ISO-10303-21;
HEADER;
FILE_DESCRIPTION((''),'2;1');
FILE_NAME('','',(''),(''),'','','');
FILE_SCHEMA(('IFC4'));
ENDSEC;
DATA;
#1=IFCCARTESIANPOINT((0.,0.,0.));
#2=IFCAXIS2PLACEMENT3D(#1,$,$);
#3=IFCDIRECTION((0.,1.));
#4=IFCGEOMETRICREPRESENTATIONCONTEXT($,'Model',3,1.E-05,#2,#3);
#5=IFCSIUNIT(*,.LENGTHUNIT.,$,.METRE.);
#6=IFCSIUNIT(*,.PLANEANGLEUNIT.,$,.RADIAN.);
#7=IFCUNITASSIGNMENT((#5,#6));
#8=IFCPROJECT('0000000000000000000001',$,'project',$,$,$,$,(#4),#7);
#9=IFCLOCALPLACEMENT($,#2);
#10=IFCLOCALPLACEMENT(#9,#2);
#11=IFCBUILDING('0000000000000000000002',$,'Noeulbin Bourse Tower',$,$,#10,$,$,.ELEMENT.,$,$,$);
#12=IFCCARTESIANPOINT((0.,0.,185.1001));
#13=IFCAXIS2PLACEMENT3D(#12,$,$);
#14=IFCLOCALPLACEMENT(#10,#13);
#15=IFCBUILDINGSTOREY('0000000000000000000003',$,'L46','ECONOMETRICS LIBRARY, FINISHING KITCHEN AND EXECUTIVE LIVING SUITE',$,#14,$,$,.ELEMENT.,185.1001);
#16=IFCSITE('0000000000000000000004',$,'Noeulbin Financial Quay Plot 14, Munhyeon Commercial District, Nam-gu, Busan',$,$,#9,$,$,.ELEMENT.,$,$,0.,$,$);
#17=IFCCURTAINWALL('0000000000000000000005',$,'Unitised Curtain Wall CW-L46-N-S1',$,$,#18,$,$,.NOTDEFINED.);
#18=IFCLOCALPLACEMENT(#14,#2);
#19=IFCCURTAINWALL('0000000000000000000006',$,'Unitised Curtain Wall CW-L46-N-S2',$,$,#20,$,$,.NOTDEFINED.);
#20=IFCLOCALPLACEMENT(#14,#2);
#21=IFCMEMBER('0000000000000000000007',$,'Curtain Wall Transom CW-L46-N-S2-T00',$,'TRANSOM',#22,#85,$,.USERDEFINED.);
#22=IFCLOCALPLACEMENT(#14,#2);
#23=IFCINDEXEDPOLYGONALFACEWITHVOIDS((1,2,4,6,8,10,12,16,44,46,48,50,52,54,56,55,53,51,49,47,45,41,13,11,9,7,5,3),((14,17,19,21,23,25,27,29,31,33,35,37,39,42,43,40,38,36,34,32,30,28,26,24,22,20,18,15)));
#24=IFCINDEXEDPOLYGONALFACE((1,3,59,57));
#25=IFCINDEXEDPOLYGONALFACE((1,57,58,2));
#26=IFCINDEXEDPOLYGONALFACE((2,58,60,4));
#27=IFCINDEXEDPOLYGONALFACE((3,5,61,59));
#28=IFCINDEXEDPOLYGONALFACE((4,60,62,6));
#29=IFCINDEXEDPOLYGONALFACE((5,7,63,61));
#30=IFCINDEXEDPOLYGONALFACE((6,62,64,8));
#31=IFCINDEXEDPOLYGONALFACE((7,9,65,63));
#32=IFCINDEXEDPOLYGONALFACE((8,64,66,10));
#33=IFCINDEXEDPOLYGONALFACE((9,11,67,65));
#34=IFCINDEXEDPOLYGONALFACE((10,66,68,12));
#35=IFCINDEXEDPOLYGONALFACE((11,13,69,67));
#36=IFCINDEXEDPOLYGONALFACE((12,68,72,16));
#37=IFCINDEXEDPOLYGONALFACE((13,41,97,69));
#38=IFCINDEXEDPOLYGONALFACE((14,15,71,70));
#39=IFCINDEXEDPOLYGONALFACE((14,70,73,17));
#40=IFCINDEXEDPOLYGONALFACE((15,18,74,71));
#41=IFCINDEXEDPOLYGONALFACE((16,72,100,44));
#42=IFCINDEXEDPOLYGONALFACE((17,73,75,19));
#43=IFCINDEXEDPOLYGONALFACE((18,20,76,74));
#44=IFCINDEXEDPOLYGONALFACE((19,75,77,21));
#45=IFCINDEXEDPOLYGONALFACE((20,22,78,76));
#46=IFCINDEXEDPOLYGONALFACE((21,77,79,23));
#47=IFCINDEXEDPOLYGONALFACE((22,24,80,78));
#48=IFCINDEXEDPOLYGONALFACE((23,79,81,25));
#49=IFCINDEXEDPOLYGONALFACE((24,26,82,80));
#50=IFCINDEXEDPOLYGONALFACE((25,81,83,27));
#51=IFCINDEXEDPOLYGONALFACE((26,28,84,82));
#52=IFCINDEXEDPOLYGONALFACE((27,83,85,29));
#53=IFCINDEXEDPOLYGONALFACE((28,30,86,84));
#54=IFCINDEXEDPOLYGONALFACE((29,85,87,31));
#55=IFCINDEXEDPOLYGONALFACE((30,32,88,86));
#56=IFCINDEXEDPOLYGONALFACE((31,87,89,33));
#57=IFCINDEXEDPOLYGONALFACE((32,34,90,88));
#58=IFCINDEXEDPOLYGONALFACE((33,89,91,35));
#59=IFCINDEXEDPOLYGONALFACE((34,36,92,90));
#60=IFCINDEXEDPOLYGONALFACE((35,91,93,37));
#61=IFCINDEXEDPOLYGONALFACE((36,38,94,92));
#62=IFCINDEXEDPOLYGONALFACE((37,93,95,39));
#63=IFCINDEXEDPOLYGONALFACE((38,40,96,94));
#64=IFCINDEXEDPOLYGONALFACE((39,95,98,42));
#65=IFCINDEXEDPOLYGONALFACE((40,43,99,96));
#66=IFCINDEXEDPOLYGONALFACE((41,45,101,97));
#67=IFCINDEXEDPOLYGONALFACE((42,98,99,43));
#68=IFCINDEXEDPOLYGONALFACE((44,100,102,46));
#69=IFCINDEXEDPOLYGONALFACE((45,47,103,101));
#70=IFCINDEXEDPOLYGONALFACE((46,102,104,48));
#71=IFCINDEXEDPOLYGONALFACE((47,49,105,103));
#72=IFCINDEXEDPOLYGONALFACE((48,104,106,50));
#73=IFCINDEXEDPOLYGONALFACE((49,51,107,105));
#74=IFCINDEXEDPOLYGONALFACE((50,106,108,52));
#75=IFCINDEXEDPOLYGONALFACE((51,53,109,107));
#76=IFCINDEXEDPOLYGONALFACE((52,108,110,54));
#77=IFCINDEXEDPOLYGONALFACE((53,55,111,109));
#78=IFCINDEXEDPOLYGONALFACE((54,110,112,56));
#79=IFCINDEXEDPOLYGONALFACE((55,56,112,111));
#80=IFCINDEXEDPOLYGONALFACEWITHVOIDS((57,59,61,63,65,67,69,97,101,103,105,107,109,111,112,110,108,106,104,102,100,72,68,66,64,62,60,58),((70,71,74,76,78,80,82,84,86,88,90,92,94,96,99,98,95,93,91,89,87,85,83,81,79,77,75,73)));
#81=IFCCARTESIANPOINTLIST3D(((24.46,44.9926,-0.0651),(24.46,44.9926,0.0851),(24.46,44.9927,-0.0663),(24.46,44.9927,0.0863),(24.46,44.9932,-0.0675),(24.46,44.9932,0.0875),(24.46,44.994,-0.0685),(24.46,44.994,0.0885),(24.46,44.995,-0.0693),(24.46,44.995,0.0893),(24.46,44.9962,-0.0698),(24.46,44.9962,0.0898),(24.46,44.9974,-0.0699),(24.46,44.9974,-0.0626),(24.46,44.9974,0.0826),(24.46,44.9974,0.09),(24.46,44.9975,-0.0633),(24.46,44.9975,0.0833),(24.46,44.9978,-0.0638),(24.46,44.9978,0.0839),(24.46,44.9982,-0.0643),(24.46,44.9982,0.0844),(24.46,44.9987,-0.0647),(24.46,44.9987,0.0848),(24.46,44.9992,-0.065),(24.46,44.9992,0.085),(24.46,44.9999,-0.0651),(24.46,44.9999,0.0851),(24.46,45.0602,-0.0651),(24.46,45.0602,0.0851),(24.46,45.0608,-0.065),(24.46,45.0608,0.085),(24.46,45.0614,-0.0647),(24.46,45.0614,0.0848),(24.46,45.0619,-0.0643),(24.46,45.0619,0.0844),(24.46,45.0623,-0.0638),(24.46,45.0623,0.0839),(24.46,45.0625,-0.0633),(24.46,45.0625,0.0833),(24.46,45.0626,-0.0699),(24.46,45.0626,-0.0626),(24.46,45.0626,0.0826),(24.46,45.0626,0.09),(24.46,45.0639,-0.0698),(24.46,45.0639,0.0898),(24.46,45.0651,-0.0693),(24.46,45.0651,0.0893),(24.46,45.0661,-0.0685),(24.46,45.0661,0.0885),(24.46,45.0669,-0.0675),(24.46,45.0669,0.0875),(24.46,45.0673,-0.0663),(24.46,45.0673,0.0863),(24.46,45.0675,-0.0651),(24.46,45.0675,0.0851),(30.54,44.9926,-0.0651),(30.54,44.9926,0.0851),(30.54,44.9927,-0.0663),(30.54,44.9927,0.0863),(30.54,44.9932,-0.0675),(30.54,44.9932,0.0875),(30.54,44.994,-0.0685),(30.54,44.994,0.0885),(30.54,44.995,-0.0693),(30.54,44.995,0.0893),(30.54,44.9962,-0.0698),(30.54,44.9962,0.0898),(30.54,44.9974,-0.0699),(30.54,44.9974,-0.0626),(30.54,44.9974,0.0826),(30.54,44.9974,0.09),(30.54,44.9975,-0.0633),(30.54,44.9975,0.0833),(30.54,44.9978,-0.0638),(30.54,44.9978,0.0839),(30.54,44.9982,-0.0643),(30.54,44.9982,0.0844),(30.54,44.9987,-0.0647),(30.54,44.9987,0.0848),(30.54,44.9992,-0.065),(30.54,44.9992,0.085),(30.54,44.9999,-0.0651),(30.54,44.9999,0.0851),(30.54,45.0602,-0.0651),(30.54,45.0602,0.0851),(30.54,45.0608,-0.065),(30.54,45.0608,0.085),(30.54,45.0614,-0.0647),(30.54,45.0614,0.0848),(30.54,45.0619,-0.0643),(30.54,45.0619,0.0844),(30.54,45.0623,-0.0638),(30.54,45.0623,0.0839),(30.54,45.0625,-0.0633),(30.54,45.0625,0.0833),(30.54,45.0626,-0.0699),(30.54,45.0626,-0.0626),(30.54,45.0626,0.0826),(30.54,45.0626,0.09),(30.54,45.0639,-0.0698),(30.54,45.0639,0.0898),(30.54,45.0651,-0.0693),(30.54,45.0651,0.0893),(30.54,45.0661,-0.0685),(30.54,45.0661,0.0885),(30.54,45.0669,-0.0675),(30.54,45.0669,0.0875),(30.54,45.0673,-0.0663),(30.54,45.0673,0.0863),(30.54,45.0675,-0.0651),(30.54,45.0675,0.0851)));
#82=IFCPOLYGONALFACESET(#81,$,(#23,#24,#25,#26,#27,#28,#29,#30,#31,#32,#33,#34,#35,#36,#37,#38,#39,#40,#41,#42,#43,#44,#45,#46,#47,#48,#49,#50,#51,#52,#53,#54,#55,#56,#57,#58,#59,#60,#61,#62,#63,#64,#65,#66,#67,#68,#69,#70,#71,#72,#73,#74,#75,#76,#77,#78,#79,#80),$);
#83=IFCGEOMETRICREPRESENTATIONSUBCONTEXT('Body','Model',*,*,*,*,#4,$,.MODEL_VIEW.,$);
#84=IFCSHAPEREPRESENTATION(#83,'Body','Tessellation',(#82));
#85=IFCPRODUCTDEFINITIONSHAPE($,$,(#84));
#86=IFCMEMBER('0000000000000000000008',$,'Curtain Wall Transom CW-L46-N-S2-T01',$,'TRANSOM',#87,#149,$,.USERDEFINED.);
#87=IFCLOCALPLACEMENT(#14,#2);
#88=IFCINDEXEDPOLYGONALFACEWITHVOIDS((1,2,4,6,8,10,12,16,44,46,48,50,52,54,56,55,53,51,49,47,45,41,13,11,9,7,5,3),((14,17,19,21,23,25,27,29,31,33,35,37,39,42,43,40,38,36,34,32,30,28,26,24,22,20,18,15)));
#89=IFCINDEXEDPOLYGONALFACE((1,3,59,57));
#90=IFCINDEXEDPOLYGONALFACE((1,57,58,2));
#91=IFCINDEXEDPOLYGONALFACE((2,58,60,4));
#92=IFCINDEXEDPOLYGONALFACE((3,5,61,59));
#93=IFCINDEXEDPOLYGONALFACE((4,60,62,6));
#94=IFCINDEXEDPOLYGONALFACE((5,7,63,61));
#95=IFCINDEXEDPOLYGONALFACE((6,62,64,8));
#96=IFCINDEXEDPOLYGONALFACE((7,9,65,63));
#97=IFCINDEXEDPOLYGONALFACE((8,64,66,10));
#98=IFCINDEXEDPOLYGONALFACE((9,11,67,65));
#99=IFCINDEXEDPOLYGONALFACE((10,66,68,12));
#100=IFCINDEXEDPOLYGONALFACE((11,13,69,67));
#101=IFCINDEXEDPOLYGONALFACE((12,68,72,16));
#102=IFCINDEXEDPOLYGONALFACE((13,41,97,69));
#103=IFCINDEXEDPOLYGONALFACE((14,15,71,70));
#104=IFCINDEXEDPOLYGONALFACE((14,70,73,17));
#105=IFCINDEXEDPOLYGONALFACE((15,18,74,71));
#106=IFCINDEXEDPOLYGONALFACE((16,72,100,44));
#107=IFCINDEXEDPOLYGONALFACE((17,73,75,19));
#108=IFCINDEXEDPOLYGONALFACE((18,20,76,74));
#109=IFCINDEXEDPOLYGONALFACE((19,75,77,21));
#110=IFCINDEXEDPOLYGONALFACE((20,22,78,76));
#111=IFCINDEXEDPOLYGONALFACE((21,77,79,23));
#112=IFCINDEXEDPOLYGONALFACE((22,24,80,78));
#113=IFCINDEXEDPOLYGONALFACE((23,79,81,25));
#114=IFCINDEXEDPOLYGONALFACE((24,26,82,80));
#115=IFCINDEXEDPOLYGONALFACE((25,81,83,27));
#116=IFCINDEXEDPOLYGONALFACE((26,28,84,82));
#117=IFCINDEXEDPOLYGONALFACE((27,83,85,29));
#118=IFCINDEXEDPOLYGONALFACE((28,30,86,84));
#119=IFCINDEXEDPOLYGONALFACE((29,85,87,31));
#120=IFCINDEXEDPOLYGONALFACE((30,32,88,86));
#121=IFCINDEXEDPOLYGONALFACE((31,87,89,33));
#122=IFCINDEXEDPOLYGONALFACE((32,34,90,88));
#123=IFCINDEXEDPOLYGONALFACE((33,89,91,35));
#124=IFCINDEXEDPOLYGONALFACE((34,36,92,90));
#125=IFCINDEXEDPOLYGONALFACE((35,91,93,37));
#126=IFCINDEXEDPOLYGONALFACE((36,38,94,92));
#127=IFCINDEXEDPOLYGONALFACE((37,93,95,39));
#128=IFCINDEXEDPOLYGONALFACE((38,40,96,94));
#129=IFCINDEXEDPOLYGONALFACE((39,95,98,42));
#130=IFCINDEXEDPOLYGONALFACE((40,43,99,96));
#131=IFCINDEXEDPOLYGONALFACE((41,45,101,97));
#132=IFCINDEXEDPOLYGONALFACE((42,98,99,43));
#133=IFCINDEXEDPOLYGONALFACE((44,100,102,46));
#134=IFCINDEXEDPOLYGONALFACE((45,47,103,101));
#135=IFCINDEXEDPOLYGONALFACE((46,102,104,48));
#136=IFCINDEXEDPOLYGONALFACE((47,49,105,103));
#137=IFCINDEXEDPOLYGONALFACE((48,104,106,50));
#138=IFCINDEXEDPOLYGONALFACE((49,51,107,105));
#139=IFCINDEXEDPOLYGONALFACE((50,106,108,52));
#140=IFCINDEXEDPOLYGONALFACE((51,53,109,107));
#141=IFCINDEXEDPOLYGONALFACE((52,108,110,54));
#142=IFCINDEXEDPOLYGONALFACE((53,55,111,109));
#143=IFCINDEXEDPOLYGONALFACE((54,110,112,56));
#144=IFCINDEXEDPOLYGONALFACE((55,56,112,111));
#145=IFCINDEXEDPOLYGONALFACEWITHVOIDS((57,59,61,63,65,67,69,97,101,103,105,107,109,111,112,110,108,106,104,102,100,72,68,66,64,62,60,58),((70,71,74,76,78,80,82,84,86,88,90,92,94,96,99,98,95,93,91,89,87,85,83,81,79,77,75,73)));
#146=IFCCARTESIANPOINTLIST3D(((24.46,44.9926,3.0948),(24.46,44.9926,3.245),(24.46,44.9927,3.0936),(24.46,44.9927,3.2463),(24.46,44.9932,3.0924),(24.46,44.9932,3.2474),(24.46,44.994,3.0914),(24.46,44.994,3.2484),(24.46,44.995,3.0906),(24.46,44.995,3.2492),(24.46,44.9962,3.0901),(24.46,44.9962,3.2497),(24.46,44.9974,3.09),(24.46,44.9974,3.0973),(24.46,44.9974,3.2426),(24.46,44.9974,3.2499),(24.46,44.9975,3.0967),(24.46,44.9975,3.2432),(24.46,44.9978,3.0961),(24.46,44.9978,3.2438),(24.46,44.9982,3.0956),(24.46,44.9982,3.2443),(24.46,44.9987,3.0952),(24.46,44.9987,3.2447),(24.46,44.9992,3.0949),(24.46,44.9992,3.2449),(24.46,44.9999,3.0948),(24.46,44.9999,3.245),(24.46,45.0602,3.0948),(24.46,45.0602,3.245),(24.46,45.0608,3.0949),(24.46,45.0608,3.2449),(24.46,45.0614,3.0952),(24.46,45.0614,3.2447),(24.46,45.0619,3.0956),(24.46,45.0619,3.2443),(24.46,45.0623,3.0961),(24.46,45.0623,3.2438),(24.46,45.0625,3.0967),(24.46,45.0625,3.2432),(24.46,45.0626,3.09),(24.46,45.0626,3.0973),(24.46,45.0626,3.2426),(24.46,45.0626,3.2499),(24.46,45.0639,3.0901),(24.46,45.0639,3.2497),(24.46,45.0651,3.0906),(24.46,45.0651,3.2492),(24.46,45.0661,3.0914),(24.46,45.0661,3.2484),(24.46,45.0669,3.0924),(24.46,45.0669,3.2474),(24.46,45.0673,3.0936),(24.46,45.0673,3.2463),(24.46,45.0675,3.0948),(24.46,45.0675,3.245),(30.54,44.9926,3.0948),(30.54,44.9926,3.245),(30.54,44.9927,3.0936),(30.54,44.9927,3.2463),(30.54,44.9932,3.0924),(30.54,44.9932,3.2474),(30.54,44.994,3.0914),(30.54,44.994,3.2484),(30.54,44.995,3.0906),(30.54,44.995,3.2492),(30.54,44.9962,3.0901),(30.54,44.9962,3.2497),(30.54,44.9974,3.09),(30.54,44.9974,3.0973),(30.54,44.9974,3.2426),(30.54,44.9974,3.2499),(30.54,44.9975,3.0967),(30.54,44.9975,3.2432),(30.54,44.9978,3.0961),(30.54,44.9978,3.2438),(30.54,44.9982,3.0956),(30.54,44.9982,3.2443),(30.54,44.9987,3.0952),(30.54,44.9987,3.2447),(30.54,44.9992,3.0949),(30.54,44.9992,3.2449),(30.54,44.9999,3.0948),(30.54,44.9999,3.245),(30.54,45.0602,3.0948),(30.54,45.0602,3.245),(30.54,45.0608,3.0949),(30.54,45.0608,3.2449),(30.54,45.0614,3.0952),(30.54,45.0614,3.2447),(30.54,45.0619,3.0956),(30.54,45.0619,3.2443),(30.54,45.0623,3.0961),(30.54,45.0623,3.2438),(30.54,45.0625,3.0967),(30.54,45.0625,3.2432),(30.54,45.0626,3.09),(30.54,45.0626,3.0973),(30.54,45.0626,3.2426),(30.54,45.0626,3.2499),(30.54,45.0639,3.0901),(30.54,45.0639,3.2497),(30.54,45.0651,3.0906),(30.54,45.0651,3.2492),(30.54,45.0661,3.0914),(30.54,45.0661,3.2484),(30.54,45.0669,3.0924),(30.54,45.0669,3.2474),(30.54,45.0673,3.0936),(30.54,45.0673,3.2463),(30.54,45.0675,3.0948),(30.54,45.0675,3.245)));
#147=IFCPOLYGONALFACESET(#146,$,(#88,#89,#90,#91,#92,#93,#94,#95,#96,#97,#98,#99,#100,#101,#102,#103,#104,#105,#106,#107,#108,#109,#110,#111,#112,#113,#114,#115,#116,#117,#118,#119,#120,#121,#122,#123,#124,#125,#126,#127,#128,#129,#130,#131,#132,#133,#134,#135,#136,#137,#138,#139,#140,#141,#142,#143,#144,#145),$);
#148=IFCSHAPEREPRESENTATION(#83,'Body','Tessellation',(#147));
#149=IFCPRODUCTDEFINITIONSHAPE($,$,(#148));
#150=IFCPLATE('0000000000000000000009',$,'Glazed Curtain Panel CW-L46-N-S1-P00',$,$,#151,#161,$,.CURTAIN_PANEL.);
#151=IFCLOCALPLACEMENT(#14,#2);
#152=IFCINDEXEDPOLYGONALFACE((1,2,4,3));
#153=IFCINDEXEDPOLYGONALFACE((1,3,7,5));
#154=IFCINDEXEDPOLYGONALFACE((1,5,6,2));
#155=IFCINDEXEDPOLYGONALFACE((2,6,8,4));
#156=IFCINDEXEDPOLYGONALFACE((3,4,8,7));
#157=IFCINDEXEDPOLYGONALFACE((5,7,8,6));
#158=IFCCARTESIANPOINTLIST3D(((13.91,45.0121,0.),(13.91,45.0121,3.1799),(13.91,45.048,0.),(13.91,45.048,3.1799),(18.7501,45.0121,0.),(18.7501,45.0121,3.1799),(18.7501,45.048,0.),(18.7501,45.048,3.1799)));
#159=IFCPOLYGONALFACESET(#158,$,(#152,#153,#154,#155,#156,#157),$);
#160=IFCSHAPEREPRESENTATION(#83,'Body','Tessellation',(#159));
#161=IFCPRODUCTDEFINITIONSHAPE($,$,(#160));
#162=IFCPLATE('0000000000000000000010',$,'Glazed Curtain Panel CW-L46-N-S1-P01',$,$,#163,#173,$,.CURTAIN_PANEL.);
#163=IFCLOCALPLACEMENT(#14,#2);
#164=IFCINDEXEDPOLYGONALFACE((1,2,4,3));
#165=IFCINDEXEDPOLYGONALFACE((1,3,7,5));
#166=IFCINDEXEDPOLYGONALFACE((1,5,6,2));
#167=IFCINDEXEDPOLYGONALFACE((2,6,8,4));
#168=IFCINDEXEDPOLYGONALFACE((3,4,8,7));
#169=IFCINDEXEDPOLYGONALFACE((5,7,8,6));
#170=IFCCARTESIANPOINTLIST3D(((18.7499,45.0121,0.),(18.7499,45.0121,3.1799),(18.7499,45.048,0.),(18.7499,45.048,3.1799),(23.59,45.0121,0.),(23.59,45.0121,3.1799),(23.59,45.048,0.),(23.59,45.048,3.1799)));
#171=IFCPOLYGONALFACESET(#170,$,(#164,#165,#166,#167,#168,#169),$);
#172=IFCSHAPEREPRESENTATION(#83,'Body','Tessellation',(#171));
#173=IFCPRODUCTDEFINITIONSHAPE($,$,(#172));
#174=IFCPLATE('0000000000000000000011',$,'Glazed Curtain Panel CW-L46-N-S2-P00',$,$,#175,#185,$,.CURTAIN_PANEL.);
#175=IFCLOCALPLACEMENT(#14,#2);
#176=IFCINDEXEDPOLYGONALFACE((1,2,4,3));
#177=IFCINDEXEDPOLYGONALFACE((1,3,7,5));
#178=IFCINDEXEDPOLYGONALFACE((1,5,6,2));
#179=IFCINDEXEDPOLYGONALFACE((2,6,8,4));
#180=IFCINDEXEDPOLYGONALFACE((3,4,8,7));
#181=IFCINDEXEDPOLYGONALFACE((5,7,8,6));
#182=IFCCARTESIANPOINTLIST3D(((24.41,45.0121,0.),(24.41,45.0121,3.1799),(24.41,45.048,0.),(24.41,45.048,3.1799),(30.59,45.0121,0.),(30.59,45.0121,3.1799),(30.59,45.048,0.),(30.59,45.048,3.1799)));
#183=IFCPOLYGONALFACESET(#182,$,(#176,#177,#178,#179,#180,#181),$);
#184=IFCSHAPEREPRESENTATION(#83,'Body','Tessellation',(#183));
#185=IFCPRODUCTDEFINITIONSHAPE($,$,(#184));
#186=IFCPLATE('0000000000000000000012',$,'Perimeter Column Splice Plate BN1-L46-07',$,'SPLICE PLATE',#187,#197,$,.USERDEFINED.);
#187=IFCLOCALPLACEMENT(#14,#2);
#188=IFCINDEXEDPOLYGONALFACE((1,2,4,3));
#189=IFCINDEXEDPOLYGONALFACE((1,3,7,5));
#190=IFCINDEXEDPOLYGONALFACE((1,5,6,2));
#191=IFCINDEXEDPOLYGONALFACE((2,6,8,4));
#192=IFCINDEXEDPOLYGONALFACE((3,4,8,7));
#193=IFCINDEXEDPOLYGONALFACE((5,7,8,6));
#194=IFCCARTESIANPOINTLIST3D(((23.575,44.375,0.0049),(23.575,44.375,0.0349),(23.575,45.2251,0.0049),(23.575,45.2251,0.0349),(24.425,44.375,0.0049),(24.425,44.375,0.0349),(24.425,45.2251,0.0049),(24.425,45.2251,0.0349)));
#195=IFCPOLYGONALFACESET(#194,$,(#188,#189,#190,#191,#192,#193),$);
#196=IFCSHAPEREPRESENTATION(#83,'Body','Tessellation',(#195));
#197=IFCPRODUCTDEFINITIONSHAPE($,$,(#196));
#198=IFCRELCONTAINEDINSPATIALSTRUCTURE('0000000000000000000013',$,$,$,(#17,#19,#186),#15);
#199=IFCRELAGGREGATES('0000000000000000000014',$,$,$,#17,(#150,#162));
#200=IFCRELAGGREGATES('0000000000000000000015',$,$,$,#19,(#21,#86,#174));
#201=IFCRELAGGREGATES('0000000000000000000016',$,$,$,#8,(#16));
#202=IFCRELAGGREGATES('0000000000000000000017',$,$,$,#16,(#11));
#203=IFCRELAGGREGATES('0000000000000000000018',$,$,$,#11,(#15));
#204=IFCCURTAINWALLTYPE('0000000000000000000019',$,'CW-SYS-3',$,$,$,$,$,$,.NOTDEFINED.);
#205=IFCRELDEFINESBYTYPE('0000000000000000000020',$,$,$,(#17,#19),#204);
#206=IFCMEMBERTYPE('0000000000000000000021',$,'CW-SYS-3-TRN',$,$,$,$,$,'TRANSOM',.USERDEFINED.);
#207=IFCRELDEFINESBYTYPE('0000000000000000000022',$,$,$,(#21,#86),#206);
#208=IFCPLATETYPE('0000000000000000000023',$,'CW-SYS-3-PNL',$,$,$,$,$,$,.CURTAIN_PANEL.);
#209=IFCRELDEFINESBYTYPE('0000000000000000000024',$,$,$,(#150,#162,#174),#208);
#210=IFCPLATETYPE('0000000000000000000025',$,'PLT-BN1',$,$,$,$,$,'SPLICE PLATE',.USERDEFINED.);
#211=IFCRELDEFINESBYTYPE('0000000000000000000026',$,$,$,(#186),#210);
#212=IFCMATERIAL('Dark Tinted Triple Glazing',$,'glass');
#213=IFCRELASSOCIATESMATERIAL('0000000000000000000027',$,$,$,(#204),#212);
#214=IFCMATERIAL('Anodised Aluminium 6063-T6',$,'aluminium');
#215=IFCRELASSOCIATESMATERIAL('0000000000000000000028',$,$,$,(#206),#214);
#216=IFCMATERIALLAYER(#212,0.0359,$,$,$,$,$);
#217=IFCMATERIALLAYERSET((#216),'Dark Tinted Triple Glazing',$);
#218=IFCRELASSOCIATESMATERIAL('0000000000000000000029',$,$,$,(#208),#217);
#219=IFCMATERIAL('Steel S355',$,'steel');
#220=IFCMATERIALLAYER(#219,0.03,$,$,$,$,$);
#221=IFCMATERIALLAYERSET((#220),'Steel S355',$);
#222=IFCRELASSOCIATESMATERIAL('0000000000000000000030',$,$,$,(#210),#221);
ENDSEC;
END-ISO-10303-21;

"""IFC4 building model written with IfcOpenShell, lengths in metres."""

from ifc_helpers import new_model, si_unit, direction, frame, origin, origin_2d, place, context, subcontext, project, spatial, rectangle, hollow_rectangle, extrude, material, layer, layer_set, material_profile, profile_set, type_object, element, aggregate, save


model = new_model("IFC4")

# Units and contexts
model_context = context("Model", 3, precision=1e-05, world=origin(), true_north=direction((0.0, 1.0)))
body_context = subcontext(model_context, "Body", "Model", "MODEL_VIEW")
ifc_project = project(units=[si_unit("LENGTHUNIT", "METRE"), si_unit("PLANEANGLEUNIT", "RADIAN")], contexts=[model_context])

# Site, building, storey
site_placement = place(None, origin())
site = spatial("IfcSite", under=ifc_project, at=site_placement, Name="Noeulbin Financial Quay Plot 14, Munhyeon Commercial District, Nam-gu, Busan", CompositionType="ELEMENT", RefElevation=0.0)
building_placement = place(site_placement, origin())
building = spatial("IfcBuilding", under=site, at=building_placement, Name="Noeulbin Bourse Tower", CompositionType="ELEMENT")
storey_placement = place(building_placement, frame((0.0, 0.0, 185.1001)))
storey = spatial("IfcBuildingStorey", under=building, at=storey_placement, Name="L46", Description="ECONOMETRICS LIBRARY, FINISHING KITCHEN AND EXECUTIVE LIVING SUITE", CompositionType="ELEMENT", Elevation=185.1001)

# Shared definitions
ifc_material_1 = material(Name="Steel S355", Category="steel")

# Curtain walls, members
ifc_material_2 = material(Name="Dark Tinted Triple Glazing", Category="glass")
curtain_wall_type = type_object("IfcCurtainWallType", Name="CW-SYS-3", PredefinedType="NOTDEFINED", material=ifc_material_2)
curtain_wall_1_placement = place(storey_placement, origin())
curtain_wall_1 = element("IfcCurtainWall", 1, at=curtain_wall_1_placement, inside=storey, type_object=curtain_wall_type, Name="Unitised Curtain Wall CW-L46-N-S1", PredefinedType="NOTDEFINED")
ifc_material_3 = material(Name="Anodised Aluminium 6063-T6", Category="aluminium")
curtain_wall_2_placement = place(storey_placement, origin())
curtain_wall_2 = element("IfcCurtainWall", 2, at=curtain_wall_2_placement, inside=storey, type_object=curtain_wall_type, Name="Unitised Curtain Wall CW-L46-N-S2", PredefinedType="NOTDEFINED")
ifc_material_profile_1 = material_profile(ifc_material_3, hollow_rectangle(XDim=0.075, YDim=0.1599, WallThickness=0.0049, InnerFilletRadius=0.0024, OuterFilletRadius=0.0049, at=origin_2d()), Name="ALU-TRAN-75x160x5", Category="LoadBearing")
ifc_profile_set_1 = profile_set([ifc_material_profile_1], Name="Anodised Aluminium 6063-T6")
member_type_1 = type_object("IfcMemberType", Name="CW-SYS-3-TRN", ElementType="TRANSOM", PredefinedType="USERDEFINED", material=ifc_profile_set_1)
member_1_placement = place(storey_placement, frame((24.46, 45.03, 0.01), z_axis=(1.0, 0.0, 0.0), x_axis=(0.0, 1.0, 0.0)))
member_1 = element("IfcMember", 3, at=member_1_placement, type_object=member_type_1, Name="Curtain Wall Transom CW-L46-N-S2-T00", ObjectType="TRANSOM", PredefinedType="USERDEFINED", context=body_context, shape_type="SweptSolid", body=[
    extrude(hollow_rectangle(XDim=0.075, YDim=0.1599, WallThickness=0.0049, InnerFilletRadius=0.0024, OuterFilletRadius=0.0049, at=origin_2d()), origin(), (0.0, 0.0, 1.0), 6.0801),
])
member_2_placement = place(storey_placement, frame((24.46, 45.03, 3.1699), z_axis=(1.0, 0.0, 0.0), x_axis=(0.0, 1.0, 0.0)))
member_2 = element("IfcMember", 4, at=member_2_placement, type_object=member_type_1, Name="Curtain Wall Transom CW-L46-N-S2-T01", ObjectType="TRANSOM", PredefinedType="USERDEFINED", context=body_context, shape_type="SweptSolid", body=[
    extrude(hollow_rectangle(XDim=0.075, YDim=0.1599, WallThickness=0.0049, InnerFilletRadius=0.0024, OuterFilletRadius=0.0049, at=origin_2d()), origin(), (0.0, 0.0, 1.0), 6.0801),
])

# Plates
ifc_layer_1 = layer(ifc_material_2, 0.0359)
ifc_layer_set_1 = layer_set([ifc_layer_1], Name="Dark Tinted Triple Glazing")
plate_type_1 = type_object("IfcPlateType", Name="CW-SYS-3-PNL", PredefinedType="CURTAIN_PANEL", material=ifc_layer_set_1)
plate_1_placement = place(storey_placement, frame((16.3301, 45.03, 0.0), z_axis=(0.0, 0.0, 1.0), x_axis=(1.0, 0.0, 0.0)))
plate_1 = element("IfcPlate", 5, at=plate_1_placement, type_object=plate_type_1, Name="Glazed Curtain Panel CW-L46-N-S1-P00", PredefinedType="CURTAIN_PANEL", context=body_context, shape_type="SweptSolid", body=[
    extrude(rectangle(XDim=4.8401, YDim=0.0359, at=origin_2d()), origin(), (0.0, 0.0, 1.0), 3.1799),
])
plate_2_placement = place(storey_placement, frame((21.1699, 45.03, 0.0), z_axis=(0.0, 0.0, 1.0), x_axis=(1.0, 0.0, 0.0)))
plate_2 = element("IfcPlate", 6, at=plate_2_placement, type_object=plate_type_1, Name="Glazed Curtain Panel CW-L46-N-S1-P01", PredefinedType="CURTAIN_PANEL", context=body_context, shape_type="SweptSolid", body=[
    extrude(rectangle(XDim=4.8401, YDim=0.0359, at=origin_2d()), origin(), (0.0, 0.0, 1.0), 3.1799),
])
aggregate(curtain_wall_1, [plate_1, plate_2])
plate_3_placement = place(storey_placement, frame((27.5, 45.03, 0.0), z_axis=(0.0, 0.0, 1.0), x_axis=(1.0, 0.0, 0.0)))
plate_3 = element("IfcPlate", 7, at=plate_3_placement, type_object=plate_type_1, Name="Glazed Curtain Panel CW-L46-N-S2-P00", PredefinedType="CURTAIN_PANEL", context=body_context, shape_type="SweptSolid", body=[
    extrude(rectangle(XDim=6.1799, YDim=0.0359, at=origin_2d()), origin(), (0.0, 0.0, 1.0), 3.1799),
])
aggregate(curtain_wall_2, [member_1, member_2, plate_3])
ifc_layer_2 = layer(ifc_material_1, 0.03)
ifc_layer_set_2 = layer_set([ifc_layer_2], Name="Steel S355")
plate_type_2 = type_object("IfcPlateType", Name="PLT-BN1", ElementType="SPLICE PLATE", PredefinedType="USERDEFINED", material=ifc_layer_set_2)
plate_4_placement = place(storey_placement, frame((24.0, 44.8, 0.0049), z_axis=(0.0, 0.0, 1.0), x_axis=(1.0, 0.0, 0.0)))
element("IfcPlate", 8, at=plate_4_placement, inside=storey, type_object=plate_type_2, Name="Perimeter Column Splice Plate BN1-L46-07", ObjectType="SPLICE PLATE", PredefinedType="USERDEFINED", context=body_context, shape_type="SweptSolid", body=[
    extrude(rectangle(XDim=0.8501, YDim=0.8501, at=origin_2d()), origin(), (0.0, 0.0, 1.0), 0.03),
])

save(model, "model.ifc")
